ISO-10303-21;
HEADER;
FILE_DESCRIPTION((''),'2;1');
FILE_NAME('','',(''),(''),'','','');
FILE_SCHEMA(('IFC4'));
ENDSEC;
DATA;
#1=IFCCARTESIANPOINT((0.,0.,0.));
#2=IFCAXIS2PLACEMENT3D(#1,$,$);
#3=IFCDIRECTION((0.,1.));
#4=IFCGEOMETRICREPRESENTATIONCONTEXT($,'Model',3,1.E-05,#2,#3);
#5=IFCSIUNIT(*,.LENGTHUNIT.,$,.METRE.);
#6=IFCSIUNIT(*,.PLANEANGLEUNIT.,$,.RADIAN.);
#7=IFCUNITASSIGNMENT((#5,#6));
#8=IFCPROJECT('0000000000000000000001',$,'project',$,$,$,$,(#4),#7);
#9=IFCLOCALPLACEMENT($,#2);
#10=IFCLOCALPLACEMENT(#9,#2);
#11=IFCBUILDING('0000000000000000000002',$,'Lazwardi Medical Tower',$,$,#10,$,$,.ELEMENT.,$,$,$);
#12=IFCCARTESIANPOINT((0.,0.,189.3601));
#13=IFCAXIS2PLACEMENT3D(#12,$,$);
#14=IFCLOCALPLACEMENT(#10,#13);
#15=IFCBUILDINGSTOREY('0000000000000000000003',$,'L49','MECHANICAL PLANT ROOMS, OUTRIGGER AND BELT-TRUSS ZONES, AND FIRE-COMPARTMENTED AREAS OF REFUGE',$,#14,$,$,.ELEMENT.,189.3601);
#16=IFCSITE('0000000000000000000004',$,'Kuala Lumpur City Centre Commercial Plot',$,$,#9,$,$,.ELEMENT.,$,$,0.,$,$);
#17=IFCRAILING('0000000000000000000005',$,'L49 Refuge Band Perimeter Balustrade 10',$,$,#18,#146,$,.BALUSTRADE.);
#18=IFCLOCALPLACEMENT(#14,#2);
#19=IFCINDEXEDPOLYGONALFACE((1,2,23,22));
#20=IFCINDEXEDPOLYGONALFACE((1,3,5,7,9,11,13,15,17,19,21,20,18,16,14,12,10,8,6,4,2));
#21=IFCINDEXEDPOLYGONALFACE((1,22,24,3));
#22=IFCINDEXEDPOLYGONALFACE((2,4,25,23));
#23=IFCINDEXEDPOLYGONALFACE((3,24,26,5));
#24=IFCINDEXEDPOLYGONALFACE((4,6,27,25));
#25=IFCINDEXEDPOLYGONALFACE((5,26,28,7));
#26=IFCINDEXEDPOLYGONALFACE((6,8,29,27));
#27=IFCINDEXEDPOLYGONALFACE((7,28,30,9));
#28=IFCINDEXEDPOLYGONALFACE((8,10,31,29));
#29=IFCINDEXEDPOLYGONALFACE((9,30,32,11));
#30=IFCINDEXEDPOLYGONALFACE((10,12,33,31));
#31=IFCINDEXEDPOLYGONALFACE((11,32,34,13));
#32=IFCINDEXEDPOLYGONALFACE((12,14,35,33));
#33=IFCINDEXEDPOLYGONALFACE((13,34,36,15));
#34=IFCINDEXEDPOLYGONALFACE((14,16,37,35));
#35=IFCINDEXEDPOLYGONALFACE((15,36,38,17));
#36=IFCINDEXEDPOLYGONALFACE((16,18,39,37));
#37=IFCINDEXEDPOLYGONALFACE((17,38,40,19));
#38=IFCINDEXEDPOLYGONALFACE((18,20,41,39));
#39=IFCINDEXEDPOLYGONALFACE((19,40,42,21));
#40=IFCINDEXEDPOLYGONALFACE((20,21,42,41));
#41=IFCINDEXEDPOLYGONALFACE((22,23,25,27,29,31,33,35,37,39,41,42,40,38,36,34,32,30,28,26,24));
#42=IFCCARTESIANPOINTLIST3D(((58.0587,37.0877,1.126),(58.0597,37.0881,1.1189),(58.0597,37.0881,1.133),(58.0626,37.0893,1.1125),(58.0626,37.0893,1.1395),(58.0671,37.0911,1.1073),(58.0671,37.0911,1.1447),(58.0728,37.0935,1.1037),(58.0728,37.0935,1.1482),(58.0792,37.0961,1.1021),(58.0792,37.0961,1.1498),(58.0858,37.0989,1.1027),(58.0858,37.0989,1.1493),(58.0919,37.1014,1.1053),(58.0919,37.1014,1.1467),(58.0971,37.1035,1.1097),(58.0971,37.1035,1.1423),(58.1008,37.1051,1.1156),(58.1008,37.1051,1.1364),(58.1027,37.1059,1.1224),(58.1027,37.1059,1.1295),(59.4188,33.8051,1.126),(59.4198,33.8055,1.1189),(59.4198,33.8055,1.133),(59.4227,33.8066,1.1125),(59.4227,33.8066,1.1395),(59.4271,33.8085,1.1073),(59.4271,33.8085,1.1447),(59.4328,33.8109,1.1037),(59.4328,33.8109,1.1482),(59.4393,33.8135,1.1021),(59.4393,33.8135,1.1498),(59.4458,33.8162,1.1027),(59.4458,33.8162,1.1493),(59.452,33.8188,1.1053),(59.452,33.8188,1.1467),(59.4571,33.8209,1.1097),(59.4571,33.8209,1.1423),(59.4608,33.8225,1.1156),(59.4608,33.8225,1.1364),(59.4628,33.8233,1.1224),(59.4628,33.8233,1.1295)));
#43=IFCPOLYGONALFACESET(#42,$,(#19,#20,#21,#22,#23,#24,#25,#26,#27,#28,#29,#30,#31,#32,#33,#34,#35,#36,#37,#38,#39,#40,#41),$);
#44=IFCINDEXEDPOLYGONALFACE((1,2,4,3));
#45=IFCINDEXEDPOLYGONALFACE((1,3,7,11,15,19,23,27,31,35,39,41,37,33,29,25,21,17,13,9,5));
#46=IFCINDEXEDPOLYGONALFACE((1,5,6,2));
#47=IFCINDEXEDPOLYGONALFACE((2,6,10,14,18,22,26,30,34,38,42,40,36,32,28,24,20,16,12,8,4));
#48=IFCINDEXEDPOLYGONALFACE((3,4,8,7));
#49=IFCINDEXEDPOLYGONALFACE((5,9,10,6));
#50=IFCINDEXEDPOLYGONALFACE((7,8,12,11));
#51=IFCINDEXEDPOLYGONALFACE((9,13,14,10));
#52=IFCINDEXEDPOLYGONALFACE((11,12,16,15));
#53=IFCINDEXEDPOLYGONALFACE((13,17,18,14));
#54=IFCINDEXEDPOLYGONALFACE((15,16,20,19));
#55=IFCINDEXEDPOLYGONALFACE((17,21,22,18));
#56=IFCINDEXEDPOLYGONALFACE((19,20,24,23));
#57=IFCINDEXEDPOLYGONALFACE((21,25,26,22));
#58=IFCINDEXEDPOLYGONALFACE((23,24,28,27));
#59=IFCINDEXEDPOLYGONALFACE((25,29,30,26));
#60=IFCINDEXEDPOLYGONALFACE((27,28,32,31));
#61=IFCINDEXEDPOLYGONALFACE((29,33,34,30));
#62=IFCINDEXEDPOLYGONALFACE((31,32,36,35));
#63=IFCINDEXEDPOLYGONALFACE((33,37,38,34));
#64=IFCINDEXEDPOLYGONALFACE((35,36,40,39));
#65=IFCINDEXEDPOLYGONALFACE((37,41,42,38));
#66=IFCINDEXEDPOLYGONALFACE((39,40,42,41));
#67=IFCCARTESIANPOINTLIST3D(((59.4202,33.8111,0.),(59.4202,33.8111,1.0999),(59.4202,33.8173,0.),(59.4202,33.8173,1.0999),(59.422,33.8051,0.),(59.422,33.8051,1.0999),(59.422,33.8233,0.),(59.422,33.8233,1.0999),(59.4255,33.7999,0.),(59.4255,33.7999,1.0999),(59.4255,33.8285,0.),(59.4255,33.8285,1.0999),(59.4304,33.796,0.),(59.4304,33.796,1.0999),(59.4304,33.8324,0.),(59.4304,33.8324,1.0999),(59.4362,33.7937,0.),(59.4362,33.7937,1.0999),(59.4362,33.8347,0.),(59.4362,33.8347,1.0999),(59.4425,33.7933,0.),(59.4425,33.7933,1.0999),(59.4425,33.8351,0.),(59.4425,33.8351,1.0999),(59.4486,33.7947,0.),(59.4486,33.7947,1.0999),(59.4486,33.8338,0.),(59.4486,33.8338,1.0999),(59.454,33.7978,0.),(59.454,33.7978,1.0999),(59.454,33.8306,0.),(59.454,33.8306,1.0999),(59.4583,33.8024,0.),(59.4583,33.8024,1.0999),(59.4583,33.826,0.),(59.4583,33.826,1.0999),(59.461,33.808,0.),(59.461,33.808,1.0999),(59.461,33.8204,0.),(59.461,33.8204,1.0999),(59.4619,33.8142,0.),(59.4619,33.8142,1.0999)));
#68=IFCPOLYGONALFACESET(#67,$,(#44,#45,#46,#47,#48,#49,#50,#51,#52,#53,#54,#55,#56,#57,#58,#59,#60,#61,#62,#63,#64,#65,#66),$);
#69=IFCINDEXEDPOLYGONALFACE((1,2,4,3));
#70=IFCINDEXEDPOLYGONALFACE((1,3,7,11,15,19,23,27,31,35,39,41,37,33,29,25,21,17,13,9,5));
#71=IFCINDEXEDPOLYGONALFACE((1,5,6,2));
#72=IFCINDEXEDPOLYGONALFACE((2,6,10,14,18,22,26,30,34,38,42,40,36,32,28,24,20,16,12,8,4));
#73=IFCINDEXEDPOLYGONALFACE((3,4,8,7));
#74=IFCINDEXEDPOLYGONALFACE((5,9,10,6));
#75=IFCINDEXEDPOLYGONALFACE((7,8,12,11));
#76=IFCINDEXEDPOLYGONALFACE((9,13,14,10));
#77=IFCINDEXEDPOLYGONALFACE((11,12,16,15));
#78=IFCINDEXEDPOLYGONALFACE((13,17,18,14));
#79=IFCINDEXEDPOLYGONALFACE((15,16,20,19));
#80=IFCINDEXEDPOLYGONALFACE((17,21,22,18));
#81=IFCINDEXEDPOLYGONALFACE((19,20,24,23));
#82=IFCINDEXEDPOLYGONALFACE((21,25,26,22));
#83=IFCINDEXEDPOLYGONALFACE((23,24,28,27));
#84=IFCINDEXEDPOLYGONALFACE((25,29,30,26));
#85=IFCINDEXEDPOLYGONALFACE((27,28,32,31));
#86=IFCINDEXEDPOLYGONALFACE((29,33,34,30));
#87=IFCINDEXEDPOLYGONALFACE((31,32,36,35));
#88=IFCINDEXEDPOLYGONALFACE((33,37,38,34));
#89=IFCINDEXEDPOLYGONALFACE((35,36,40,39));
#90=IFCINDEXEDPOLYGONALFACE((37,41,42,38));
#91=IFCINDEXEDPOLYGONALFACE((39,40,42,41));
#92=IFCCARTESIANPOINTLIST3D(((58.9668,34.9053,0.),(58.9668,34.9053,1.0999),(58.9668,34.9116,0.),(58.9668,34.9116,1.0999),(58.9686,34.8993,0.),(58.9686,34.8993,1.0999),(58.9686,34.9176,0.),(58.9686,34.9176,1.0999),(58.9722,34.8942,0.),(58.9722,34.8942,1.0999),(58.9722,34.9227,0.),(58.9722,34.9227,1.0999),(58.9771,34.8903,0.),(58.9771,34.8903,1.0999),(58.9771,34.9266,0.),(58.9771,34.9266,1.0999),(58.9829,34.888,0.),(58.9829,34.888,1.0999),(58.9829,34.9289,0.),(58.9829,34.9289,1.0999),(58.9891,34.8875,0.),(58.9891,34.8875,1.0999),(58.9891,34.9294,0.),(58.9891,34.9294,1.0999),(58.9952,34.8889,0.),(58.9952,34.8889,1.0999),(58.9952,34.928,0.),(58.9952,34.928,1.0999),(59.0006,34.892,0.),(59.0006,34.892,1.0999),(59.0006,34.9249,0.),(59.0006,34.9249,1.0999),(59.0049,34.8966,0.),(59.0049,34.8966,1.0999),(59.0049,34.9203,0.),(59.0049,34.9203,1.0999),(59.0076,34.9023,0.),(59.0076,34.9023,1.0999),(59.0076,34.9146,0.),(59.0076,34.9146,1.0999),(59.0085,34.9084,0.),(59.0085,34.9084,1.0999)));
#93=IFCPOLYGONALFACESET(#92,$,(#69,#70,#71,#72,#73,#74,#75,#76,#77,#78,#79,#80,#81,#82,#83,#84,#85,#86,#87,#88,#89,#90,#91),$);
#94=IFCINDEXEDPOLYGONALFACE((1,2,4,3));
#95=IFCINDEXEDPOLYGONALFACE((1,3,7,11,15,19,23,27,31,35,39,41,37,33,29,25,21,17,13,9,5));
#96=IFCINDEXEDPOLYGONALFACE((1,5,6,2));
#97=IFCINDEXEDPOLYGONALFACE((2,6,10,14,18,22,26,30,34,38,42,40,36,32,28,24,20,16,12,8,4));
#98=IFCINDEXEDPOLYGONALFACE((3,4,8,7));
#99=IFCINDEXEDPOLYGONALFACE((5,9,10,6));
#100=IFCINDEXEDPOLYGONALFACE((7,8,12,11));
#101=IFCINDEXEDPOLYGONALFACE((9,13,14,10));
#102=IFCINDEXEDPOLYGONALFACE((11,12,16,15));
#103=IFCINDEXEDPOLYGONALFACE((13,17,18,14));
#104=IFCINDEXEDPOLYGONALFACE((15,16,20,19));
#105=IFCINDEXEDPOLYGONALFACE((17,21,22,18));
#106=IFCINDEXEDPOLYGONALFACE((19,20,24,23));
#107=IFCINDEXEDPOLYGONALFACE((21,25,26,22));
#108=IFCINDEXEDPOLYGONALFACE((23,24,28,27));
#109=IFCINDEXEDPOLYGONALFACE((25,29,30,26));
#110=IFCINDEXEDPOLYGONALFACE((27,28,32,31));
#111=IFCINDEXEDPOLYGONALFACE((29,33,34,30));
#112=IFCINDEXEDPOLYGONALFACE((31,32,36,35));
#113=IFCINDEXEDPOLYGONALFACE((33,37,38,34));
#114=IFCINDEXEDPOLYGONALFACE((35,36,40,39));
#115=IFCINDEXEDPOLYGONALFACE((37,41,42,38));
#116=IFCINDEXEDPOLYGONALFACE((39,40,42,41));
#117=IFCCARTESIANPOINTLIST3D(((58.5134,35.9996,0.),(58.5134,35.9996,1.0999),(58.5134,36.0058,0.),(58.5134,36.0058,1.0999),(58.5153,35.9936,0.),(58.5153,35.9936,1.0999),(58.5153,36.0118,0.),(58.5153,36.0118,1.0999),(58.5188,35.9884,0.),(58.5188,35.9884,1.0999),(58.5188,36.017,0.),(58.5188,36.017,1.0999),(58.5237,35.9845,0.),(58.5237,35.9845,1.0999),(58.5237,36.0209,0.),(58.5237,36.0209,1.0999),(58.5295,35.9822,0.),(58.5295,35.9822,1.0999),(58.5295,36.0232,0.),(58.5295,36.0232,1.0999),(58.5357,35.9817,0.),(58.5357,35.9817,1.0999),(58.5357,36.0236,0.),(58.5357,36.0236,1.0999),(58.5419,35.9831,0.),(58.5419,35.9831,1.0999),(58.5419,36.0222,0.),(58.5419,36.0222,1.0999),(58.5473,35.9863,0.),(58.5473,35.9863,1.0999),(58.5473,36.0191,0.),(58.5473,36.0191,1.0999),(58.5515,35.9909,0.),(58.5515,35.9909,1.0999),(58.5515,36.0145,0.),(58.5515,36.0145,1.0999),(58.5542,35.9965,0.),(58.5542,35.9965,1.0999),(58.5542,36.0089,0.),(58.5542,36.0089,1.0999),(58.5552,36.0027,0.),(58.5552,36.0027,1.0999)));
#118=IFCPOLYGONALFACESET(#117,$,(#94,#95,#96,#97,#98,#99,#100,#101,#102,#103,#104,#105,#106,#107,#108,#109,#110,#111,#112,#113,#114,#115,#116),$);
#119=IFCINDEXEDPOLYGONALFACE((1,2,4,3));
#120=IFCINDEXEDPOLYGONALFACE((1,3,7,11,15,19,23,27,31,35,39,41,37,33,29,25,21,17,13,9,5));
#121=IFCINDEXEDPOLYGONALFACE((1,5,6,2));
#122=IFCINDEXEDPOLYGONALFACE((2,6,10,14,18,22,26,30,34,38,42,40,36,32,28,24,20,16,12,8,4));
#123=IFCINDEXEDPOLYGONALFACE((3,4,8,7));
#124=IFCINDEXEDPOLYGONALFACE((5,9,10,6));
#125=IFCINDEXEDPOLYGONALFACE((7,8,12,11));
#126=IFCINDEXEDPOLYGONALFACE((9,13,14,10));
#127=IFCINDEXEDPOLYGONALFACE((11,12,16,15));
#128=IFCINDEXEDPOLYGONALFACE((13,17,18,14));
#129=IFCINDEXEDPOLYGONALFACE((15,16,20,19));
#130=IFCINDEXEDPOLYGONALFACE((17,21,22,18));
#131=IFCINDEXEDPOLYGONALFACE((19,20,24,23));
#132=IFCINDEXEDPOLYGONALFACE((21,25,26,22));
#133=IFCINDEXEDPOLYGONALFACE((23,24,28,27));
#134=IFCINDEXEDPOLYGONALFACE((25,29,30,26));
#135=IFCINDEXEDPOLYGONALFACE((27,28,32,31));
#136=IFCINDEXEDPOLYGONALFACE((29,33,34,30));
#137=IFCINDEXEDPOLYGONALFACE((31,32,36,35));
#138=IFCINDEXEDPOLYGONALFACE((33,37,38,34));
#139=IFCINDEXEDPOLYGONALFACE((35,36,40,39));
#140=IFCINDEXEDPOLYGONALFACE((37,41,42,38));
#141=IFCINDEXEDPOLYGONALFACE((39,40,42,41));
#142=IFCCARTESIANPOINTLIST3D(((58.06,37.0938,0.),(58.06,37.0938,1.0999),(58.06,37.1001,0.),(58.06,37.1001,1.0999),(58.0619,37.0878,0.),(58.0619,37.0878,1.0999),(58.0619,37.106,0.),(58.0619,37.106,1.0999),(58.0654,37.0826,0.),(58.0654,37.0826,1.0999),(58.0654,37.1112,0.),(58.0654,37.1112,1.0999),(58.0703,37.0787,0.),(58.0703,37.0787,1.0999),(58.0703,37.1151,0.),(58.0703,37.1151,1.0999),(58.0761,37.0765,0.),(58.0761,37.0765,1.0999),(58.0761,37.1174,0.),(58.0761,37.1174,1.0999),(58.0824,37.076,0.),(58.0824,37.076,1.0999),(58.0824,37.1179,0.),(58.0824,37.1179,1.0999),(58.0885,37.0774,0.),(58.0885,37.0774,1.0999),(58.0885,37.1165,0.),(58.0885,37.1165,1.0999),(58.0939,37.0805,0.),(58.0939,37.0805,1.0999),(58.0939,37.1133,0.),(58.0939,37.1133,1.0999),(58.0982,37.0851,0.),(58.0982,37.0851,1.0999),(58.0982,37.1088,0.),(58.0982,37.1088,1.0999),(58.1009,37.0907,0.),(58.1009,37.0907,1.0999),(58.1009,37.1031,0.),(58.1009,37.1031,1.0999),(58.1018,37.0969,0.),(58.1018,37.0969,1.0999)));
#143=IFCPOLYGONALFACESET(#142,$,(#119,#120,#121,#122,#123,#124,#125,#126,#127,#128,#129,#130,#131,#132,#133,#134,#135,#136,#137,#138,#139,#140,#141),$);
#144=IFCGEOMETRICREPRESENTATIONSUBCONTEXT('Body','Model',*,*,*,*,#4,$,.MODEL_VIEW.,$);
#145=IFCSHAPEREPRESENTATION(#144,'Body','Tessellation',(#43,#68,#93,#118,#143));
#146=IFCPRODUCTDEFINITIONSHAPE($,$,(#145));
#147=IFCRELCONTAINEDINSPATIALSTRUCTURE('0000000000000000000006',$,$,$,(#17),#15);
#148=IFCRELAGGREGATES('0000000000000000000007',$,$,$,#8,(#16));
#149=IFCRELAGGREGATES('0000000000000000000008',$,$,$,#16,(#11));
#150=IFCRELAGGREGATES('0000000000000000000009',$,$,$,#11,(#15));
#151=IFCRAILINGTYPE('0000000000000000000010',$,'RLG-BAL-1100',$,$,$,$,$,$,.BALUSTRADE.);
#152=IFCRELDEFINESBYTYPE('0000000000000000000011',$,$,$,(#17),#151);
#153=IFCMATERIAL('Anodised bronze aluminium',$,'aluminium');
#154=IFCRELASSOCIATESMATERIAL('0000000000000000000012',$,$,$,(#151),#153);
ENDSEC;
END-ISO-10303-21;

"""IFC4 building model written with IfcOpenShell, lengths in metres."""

from ifc_helpers import new_model, si_unit, direction, frame, origin, origin_2d, place, context, subcontext, project, spatial, circle, extrude, material, type_object, element, save


model = new_model("IFC4")

# Units and contexts
model_context = context("Model", 3, precision=1e-05, world=origin(), true_north=direction((0.0, 1.0)))
body_context = subcontext(model_context, "Body", "Model", "MODEL_VIEW")
ifc_project = project(units=[si_unit("LENGTHUNIT", "METRE"), si_unit("PLANEANGLEUNIT", "RADIAN")], contexts=[model_context])

# Site, building, storey
site_placement = place(None, origin())
site = spatial("IfcSite", under=ifc_project, at=site_placement, Name="Kuala Lumpur City Centre Commercial Plot", CompositionType="ELEMENT", RefElevation=0.0)
building_placement = place(site_placement, origin())
building = spatial("IfcBuilding", under=site, at=building_placement, Name="Lazwardi Medical Tower", CompositionType="ELEMENT")
storey_placement = place(building_placement, frame((0.0, 0.0, 189.3601)))
storey = spatial("IfcBuildingStorey", under=building, at=storey_placement, Name="L49", Description="MECHANICAL PLANT ROOMS, OUTRIGGER AND BELT-TRUSS ZONES, AND FIRE-COMPARTMENTED AREAS OF REFUGE", CompositionType="ELEMENT", Elevation=189.3601)

# Railing
ifc_material_1 = material(Name="Anodised bronze aluminium", Category="aluminium")
railing_type = type_object("IfcRailingType", Name="RLG-BAL-1100", PredefinedType="BALUSTRADE", material=ifc_material_1)
railing_1_placement = place(storey_placement, frame((59.4409, 33.8142, 0.0)))
element("IfcRailing", 1, at=railing_1_placement, inside=storey, type_object=railing_type, Name="L49 Refuge Band Perimeter Balustrade 10", PredefinedType="BALUSTRADE", context=body_context, shape_type="SweptSolid", body=[
    extrude(circle(Radius=0.0239, at=origin_2d()), frame((0.0, 0.0, 1.126), z_axis=(-0.38277, 0.923843, 0.0), x_axis=(-0.923843, -0.38277, 0.0)), (0.0, 0.0, 1.0), 3.5532),
    extrude(circle(Radius=0.021, at=origin_2d()), origin(), (0.0, 0.0, 1.0), 1.0999),
    extrude(circle(Radius=0.021, at=origin_2d()), frame((-0.4534, 1.0942, 0.0)), (0.0, 0.0, 1.0), 1.0999),
    extrude(circle(Radius=0.021, at=origin_2d()), frame((-0.9067, 2.1885, 0.0)), (0.0, 0.0, 1.0), 1.0999),
    extrude(circle(Radius=0.021, at=origin_2d()), frame((-1.3601, 3.2827, 0.0)), (0.0, 0.0, 1.0), 1.0999),
])

save(model, "model.ifc")
